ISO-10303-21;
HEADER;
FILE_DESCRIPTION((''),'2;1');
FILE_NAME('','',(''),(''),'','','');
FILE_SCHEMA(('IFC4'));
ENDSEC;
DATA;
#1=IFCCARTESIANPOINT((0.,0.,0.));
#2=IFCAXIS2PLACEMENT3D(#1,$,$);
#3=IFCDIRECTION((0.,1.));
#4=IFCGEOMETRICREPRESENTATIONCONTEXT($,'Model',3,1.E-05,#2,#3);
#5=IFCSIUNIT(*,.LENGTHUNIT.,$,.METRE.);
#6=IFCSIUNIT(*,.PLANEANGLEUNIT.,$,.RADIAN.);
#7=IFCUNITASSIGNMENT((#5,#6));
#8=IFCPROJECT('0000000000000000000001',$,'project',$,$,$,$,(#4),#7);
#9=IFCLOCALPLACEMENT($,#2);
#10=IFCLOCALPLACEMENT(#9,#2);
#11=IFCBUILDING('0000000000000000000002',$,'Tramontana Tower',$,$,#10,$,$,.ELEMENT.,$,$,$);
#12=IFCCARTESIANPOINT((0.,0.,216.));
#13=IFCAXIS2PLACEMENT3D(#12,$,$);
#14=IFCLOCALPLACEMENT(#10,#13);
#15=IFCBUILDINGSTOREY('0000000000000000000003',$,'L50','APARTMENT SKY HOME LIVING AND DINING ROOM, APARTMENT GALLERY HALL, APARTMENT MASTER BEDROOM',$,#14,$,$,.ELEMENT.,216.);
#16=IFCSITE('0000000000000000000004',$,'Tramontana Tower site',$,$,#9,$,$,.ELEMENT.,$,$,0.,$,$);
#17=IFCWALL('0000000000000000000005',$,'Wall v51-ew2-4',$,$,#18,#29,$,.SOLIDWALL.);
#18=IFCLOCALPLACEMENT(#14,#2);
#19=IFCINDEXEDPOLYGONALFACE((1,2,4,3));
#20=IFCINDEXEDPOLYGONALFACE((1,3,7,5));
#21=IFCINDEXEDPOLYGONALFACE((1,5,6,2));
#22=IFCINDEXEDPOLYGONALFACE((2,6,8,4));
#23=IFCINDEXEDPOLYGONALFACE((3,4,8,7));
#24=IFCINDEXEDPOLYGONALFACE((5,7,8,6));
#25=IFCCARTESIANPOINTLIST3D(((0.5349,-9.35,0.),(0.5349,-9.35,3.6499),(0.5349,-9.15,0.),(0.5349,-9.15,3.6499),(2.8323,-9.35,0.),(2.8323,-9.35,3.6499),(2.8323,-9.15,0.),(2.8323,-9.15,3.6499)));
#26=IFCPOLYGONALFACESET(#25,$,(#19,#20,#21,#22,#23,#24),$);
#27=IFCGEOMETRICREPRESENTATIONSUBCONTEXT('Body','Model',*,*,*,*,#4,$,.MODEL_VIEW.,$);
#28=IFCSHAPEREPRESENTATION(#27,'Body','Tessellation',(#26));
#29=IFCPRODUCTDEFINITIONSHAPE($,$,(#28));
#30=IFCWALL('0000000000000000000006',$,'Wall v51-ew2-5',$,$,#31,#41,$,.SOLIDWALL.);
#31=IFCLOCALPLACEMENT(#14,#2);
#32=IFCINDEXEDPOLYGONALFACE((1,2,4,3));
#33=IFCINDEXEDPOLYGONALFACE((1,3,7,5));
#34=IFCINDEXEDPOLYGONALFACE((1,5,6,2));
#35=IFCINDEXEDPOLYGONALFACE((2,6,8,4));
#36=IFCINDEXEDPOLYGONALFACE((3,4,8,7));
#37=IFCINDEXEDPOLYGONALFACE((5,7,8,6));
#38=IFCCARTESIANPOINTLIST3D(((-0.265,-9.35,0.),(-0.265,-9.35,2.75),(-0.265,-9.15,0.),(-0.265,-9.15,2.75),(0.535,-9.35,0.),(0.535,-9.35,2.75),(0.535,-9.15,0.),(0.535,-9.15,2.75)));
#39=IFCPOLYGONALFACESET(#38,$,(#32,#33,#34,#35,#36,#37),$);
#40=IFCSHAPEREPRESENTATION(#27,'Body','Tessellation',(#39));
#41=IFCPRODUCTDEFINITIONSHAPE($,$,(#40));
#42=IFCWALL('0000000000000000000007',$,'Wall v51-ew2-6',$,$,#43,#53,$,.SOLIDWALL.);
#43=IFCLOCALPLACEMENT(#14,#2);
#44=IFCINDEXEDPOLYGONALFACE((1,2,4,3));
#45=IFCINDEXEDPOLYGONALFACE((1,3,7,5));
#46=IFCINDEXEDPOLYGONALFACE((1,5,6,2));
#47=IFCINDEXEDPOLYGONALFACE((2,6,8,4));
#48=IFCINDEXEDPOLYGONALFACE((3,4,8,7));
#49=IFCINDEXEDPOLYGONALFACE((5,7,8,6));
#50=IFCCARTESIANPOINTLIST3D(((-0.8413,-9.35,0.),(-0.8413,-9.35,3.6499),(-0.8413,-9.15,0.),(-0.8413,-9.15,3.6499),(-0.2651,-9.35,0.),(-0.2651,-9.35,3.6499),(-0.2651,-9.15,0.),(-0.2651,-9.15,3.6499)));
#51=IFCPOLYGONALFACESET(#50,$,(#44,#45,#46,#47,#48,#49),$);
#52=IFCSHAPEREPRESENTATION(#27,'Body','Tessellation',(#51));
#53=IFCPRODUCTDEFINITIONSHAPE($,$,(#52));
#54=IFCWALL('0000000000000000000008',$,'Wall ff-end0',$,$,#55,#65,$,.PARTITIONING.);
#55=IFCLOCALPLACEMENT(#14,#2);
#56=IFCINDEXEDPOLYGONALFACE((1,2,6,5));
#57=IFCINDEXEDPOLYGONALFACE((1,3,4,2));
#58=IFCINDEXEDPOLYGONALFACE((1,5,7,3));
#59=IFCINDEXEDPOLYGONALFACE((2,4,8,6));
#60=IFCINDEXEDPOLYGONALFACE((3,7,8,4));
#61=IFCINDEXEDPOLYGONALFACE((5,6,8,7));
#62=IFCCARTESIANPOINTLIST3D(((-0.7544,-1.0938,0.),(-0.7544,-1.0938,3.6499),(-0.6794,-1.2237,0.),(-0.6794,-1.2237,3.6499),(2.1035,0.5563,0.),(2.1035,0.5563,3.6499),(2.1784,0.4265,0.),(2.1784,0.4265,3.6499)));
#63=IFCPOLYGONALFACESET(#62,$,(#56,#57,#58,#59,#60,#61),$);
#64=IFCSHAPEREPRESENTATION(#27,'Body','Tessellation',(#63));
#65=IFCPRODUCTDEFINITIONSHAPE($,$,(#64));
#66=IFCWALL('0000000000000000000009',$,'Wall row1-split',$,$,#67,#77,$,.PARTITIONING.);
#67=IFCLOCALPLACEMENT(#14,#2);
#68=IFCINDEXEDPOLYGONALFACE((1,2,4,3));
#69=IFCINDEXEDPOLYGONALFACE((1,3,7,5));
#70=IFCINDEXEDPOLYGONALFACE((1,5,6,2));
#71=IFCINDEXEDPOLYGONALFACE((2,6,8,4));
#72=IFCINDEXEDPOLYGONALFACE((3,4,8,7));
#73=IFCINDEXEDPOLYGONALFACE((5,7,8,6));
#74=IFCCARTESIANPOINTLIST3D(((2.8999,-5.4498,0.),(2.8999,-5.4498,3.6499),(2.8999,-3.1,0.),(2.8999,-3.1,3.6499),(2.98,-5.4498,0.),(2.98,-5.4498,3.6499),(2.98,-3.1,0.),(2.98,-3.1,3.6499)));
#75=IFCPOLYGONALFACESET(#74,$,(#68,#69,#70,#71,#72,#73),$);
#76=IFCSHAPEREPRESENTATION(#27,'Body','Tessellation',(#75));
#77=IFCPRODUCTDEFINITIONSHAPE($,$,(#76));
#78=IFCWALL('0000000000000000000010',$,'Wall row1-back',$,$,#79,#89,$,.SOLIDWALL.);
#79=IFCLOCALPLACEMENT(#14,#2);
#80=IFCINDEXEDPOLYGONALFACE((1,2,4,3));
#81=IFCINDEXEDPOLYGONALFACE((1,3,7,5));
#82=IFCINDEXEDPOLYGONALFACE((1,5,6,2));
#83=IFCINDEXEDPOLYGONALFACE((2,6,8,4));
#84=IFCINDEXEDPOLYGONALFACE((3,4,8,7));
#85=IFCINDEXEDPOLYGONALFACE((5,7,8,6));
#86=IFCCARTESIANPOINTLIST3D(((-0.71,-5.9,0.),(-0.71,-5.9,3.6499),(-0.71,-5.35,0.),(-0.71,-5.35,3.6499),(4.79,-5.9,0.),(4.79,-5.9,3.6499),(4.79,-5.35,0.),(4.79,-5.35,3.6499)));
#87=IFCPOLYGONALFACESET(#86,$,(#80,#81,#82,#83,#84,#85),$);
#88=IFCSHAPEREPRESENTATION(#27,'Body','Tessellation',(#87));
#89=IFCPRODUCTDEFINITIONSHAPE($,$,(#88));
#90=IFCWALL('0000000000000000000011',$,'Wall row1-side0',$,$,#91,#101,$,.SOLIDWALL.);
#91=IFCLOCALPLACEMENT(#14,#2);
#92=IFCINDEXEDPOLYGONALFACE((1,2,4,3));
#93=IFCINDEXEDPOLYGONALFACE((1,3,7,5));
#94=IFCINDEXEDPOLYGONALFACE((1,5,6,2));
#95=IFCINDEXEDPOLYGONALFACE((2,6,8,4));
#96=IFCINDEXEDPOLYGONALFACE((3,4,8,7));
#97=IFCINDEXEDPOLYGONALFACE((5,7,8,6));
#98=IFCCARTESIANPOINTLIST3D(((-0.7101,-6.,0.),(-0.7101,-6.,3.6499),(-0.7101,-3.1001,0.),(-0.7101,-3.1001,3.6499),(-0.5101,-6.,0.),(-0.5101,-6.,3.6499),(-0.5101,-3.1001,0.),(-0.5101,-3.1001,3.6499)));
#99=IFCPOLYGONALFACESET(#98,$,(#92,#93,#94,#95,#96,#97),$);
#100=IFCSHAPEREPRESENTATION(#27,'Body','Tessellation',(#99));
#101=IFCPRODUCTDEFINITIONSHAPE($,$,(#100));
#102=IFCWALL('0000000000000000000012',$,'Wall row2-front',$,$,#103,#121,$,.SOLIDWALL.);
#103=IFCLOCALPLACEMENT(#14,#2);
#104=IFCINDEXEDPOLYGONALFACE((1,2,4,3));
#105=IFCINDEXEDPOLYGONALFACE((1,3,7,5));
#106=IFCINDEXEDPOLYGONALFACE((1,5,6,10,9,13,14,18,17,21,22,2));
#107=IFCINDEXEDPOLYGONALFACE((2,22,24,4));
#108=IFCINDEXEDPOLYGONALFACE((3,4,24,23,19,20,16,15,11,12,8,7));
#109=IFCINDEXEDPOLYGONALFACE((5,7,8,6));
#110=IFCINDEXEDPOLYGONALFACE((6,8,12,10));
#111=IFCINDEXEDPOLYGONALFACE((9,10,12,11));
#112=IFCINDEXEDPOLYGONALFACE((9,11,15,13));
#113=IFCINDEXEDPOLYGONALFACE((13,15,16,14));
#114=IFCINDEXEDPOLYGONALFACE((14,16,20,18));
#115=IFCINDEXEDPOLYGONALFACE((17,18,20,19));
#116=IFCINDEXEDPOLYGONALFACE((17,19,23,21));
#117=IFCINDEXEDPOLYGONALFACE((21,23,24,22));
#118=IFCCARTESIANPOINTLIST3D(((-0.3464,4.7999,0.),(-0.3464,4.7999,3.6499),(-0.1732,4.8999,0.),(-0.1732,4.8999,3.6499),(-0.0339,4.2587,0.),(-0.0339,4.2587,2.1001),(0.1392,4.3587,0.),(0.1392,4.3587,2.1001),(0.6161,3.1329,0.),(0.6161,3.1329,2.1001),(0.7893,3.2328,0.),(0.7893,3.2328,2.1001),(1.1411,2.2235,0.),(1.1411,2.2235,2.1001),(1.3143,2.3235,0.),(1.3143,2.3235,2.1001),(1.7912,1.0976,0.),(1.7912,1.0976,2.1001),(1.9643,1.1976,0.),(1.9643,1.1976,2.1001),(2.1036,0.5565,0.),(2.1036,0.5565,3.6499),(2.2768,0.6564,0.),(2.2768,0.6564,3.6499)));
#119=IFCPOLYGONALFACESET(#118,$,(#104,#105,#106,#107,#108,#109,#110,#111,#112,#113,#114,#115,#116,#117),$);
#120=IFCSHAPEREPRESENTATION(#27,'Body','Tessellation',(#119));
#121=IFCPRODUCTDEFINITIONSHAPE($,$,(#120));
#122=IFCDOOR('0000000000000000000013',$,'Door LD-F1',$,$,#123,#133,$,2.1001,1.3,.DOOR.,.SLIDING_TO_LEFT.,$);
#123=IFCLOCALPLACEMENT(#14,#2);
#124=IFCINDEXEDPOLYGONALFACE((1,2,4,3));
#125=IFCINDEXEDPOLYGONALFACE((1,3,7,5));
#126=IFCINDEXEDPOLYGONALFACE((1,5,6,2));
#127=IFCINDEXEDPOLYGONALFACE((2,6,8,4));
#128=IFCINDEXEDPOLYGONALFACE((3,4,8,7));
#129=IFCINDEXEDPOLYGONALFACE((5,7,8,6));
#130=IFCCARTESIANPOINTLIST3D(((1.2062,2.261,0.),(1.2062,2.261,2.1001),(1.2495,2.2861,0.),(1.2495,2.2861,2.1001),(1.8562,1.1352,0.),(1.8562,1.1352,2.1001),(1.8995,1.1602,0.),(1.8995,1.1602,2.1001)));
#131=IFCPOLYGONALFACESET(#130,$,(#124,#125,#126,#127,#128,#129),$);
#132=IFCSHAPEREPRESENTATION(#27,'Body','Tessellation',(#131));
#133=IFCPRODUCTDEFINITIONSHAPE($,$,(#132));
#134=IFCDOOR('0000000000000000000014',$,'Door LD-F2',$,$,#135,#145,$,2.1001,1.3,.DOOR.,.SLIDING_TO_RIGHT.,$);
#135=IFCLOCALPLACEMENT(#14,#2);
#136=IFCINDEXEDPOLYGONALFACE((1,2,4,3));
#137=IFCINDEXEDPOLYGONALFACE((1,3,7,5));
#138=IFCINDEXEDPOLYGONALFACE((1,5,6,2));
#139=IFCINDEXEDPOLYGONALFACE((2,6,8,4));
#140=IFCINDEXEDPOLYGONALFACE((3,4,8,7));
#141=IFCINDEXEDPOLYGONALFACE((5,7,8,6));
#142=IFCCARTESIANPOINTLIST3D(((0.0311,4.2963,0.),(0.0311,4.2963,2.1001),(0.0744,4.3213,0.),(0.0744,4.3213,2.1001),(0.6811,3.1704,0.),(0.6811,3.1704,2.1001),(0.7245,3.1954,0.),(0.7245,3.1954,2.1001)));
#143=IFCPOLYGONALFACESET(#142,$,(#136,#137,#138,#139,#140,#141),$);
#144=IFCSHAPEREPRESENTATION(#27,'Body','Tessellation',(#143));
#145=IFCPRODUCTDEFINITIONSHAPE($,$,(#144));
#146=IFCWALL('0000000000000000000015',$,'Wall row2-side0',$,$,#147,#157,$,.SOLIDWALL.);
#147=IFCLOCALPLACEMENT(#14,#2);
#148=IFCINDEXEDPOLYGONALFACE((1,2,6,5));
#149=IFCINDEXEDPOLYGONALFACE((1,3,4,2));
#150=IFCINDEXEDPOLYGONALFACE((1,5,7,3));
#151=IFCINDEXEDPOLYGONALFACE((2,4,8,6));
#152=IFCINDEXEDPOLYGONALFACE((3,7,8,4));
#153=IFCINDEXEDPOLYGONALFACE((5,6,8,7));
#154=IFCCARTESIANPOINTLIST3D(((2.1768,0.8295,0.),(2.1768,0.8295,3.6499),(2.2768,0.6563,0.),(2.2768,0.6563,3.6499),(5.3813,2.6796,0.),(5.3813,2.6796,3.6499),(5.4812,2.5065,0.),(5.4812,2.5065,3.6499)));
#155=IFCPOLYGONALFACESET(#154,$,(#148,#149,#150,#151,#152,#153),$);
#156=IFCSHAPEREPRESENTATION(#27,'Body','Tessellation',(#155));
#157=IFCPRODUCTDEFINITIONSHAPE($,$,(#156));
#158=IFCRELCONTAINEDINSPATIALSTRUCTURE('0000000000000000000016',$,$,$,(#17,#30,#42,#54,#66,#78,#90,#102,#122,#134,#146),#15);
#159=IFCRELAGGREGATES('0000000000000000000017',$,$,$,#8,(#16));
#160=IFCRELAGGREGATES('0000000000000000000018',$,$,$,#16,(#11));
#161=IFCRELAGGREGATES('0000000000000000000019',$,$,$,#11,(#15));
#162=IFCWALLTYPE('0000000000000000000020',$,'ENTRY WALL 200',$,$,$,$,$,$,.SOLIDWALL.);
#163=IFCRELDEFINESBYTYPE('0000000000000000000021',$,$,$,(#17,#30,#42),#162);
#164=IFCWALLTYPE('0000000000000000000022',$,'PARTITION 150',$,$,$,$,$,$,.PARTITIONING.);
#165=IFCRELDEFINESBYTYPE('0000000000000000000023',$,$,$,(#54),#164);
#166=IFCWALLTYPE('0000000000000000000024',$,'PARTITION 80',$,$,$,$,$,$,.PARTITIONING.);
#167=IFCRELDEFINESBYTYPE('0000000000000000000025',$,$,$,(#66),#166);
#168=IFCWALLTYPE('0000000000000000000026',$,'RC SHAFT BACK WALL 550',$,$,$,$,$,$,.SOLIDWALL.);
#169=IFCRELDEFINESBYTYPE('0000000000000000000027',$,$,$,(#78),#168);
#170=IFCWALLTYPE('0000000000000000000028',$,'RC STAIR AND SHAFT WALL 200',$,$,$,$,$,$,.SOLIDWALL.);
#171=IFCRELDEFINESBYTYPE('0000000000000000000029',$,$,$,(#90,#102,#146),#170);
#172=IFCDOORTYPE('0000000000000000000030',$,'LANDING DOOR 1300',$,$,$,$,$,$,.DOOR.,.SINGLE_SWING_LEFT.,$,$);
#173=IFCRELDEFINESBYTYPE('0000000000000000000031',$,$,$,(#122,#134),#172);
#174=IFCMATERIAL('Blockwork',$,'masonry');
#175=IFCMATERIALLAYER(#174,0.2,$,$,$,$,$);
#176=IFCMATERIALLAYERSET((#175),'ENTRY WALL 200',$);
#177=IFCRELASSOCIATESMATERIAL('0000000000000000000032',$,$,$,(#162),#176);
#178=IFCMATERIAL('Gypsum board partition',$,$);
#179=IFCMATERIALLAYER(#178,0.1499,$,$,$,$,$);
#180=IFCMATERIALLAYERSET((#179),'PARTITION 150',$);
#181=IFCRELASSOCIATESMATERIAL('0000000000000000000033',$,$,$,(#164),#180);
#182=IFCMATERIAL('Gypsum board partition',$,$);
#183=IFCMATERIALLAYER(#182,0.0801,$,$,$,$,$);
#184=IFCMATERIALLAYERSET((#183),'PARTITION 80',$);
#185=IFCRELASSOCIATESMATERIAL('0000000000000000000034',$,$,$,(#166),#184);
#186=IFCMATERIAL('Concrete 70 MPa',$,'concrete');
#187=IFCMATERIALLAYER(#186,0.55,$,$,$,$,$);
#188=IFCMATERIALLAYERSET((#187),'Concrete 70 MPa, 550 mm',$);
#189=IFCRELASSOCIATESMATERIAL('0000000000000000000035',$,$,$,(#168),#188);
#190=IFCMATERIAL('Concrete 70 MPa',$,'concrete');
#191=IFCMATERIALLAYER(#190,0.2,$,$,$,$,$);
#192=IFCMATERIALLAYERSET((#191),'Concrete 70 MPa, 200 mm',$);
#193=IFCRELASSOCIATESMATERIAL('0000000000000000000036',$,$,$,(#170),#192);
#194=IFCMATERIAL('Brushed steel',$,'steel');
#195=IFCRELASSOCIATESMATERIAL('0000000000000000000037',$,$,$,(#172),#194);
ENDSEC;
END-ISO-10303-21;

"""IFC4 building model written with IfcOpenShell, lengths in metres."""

from ifc_helpers import new_model, si_unit, direction, frame, frame_2d, origin, place, context, subcontext, project, spatial, rectangle, extrude, material, layer, layer_set, type_object, element, fill, save


model = new_model("IFC4")

# Units and contexts
model_context = context("Model", 3, precision=1e-05, world=origin(), true_north=direction((0.0, 1.0)))
body_context = subcontext(model_context, "Body", "Model", "MODEL_VIEW")
ifc_project = project(units=[si_unit("LENGTHUNIT", "METRE"), si_unit("PLANEANGLEUNIT", "RADIAN")], contexts=[model_context])

# Site, building, storey
site_placement = place(None, origin())
site = spatial("IfcSite", under=ifc_project, at=site_placement, Name="Tramontana Tower site", CompositionType="ELEMENT", RefElevation=0.0)
building_placement = place(site_placement, origin())
building = spatial("IfcBuilding", under=site, at=building_placement, Name="Tramontana Tower", CompositionType="ELEMENT")
storey_placement = place(building_placement, frame((0.0, 0.0, 216.0)))
storey = spatial("IfcBuildingStorey", under=building, at=storey_placement, Name="L50", Description="APARTMENT SKY HOME LIVING AND DINING ROOM, APARTMENT GALLERY HALL, APARTMENT MASTER BEDROOM", CompositionType="ELEMENT", Elevation=216.0)

# Walls
ifc_material_1 = material(Name="Blockwork", Category="masonry")
ifc_layer_1 = layer(ifc_material_1, 0.2)
ifc_layer_set_1 = layer_set([ifc_layer_1], Name="ENTRY WALL 200")
wall_type_1 = type_object("IfcWallType", Name="ENTRY WALL 200", PredefinedType="SOLIDWALL", material=ifc_layer_set_1)
wall_1_placement = place(storey_placement, frame((2.8323, -9.25, 0.0), z_axis=(0.0, 0.0, 1.0), x_axis=(-1.0, 0.0, 0.0)))
element("IfcWall", 1, at=wall_1_placement, inside=storey, type_object=wall_type_1, Name="Wall v51-ew2-4", PredefinedType="SOLIDWALL", context=body_context, shape_type="SweptSolid", body=[
    extrude(rectangle(XDim=2.2974, YDim=0.2, at=frame_2d((1.1487, 0.0))), origin(), (0.0, 0.0, 1.0), 3.6499),
])
wall_2_placement = place(storey_placement, frame((0.5349, -9.25, 0.0), z_axis=(0.0, 0.0, 1.0), x_axis=(-1.0, 0.0, 0.0)))
element("IfcWall", 2, at=wall_2_placement, inside=storey, type_object=wall_type_1, Name="Wall v51-ew2-5", PredefinedType="SOLIDWALL", context=body_context, shape_type="SweptSolid", body=[
    extrude(rectangle(XDim=0.8, YDim=0.2, at=frame_2d((0.3999, 0.0))), origin(), (0.0, 0.0, 1.0), 2.75),
])
wall_3_placement = place(storey_placement, frame((-0.2651, -9.25, 0.0), z_axis=(0.0, 0.0, 1.0), x_axis=(-1.0, 0.0, 0.0)))
element("IfcWall", 3, at=wall_3_placement, inside=storey, type_object=wall_type_1, Name="Wall v51-ew2-6", PredefinedType="SOLIDWALL", context=body_context, shape_type="SweptSolid", body=[
    extrude(rectangle(XDim=0.5762, YDim=0.2, at=frame_2d((0.2881, 0.0))), origin(), (0.0, 0.0, 1.0), 3.6499),
])

# Shared definitions
ifc_material_2 = material(Name="Gypsum board partition")
ifc_layer_2 = layer(ifc_material_2, 0.1499)
ifc_layer_set_2 = layer_set([ifc_layer_2], Name="PARTITION 150")
wall_type_2 = type_object("IfcWallType", Name="PARTITION 150", PredefinedType="PARTITIONING", material=ifc_layer_set_2)

# Walls
wall_4_placement = place(storey_placement, frame((-0.7168, -1.1587, 0.0), z_axis=(0.0, 0.0, 1.0), x_axis=(0.866008, 0.50003, 0.0)))
element("IfcWall", 4, at=wall_4_placement, inside=storey, type_object=wall_type_2, Name="Wall ff-end0", PredefinedType="PARTITIONING", context=body_context, shape_type="SweptSolid", body=[
    extrude(rectangle(XDim=3.3, YDim=0.1499, at=frame_2d((1.6499, 0.0))), origin(), (0.0, 0.0, 1.0), 3.6499),
])
ifc_material_3 = material(Name="Gypsum board partition")
ifc_layer_3 = layer(ifc_material_3, 0.0801)
ifc_layer_set_3 = layer_set([ifc_layer_3], Name="PARTITION 80")
wall_type_3 = type_object("IfcWallType", Name="PARTITION 80", PredefinedType="PARTITIONING", material=ifc_layer_set_3)
wall_5_placement = place(storey_placement, frame((2.9399, -3.1001, 0.0), z_axis=(0.0, 0.0, 1.0), x_axis=(0.0, -1.0, 0.0)))
element("IfcWall", 5, at=wall_5_placement, inside=storey, type_object=wall_type_3, Name="Wall row1-split", PredefinedType="PARTITIONING", context=body_context, shape_type="SweptSolid", body=[
    extrude(rectangle(XDim=2.3499, YDim=0.0801, at=frame_2d((1.1748, 0.0))), origin(), (0.0, 0.0, 1.0), 3.6499),
])
ifc_material_4 = material(Name="Concrete 70 MPa", Category="concrete")
ifc_layer_4 = layer(ifc_material_4, 0.55)
ifc_layer_set_4 = layer_set([ifc_layer_4], Name="Concrete 70 MPa, 550 mm")
wall_type_4 = type_object("IfcWallType", Name="RC SHAFT BACK WALL 550", PredefinedType="SOLIDWALL", material=ifc_layer_set_4)
wall_6_placement = place(storey_placement, frame((-0.71, -5.625, 0.0), z_axis=(0.0, 0.0, 1.0), x_axis=(1.0, 0.0, 0.0)))
element("IfcWall", 6, at=wall_6_placement, inside=storey, type_object=wall_type_4, Name="Wall row1-back", PredefinedType="SOLIDWALL", context=body_context, shape_type="SweptSolid", body=[
    extrude(rectangle(XDim=5.5, YDim=0.55, at=frame_2d((2.75, 0.0))), origin(), (0.0, 0.0, 1.0), 3.6499),
])

# Shared definitions
ifc_material_5 = material(Name="Concrete 70 MPa", Category="concrete")
ifc_layer_5 = layer(ifc_material_5, 0.2)
ifc_layer_set_5 = layer_set([ifc_layer_5], Name="Concrete 70 MPa, 200 mm")
wall_type_5 = type_object("IfcWallType", Name="RC STAIR AND SHAFT WALL 200", PredefinedType="SOLIDWALL", material=ifc_layer_set_5)

# Wall
wall_7_placement = place(storey_placement, frame((-0.6101, -3.1001, 0.0), z_axis=(0.0, 0.0, 1.0), x_axis=(0.0, -1.0, 0.0)))
element("IfcWall", 7, at=wall_7_placement, inside=storey, type_object=wall_type_5, Name="Wall row1-side0", PredefinedType="SOLIDWALL", context=body_context, shape_type="SweptSolid", body=[
    extrude(rectangle(XDim=2.8999, YDim=0.2, at=frame_2d((1.45, 0.0))), origin(), (0.0, 0.0, 1.0), 3.6499),
])

# Wall, openings, doors
wall_8_placement = place(storey_placement, frame((2.1902, 0.6064, 0.0), z_axis=(0.0, 0.0, 1.0), x_axis=(-0.500003, 0.866024, 0.0)))
wall_8 = element("IfcWall", 8, at=wall_8_placement, inside=storey, type_object=wall_type_5, Name="Wall row2-front", PredefinedType="SOLIDWALL", context=body_context, shape_type="SweptSolid", body=[
    extrude(rectangle(XDim=4.8999, YDim=0.2, at=frame_2d((2.45, 0.0))), origin(), (0.0, 0.0, 1.0), 3.6499),
])
opening_1_placement = place(wall_8_placement, frame((0.625, 0.0, 0.0)))
opening_1 = element("IfcOpeningElement", 9, at=opening_1_placement, cuts=wall_8, PredefinedType="OPENING", context=body_context, shape_type="SweptSolid", body=[
    extrude(rectangle(XDim=1.3, YDim=2.1001, at=frame_2d((0.6499, 1.05))), frame((0.0, 0.1099, 0.0), z_axis=(0.0, -1.0, 0.0), x_axis=(1.0, 0.0, 0.0)), (0.0, 0.0, 1.0), 0.22),
])
opening_2_placement = place(wall_8_placement, frame((2.9751, 0.0, 0.0)))
opening_2 = element("IfcOpeningElement", 10, at=opening_2_placement, cuts=wall_8, PredefinedType="OPENING", context=body_context, shape_type="SweptSolid", body=[
    extrude(rectangle(XDim=1.3, YDim=2.1001, at=frame_2d((0.6499, 1.05))), frame((0.0, 0.1099, 0.0), z_axis=(0.0, -1.0, 0.0), x_axis=(1.0, 0.0, 0.0)), (0.0, 0.0, 1.0), 0.22),
])
ifc_material_6 = material(Name="Brushed steel", Category="steel")
door_type_1 = type_object("IfcDoorType", Name="LANDING DOOR 1300", OperationType="SINGLE_SWING_LEFT", PredefinedType="DOOR", material=ifc_material_6)
door_1_placement = place(opening_1_placement, origin())
door_1 = element("IfcDoor", 11, at=door_1_placement, inside=storey, type_object=door_type_1, Name="Door LD-F1", OperationType="SLIDING_TO_LEFT", OverallHeight=2.1001, OverallWidth=1.3, PredefinedType="DOOR", context=body_context, shape_type="SweptSolid", body=[
    extrude(rectangle(XDim=1.3, YDim=2.1001, at=frame_2d((0.6499, 1.05))), frame((0.0, 0.0249, 0.0), z_axis=(0.0, -1.0, 0.0), x_axis=(1.0, 0.0, 0.0)), (0.0, 0.0, 1.0), 0.05),
])
fill(opening_1, door_1)
door_2_placement = place(opening_2_placement, origin())
door_2 = element("IfcDoor", 12, at=door_2_placement, inside=storey, type_object=door_type_1, Name="Door LD-F2", OperationType="SLIDING_TO_RIGHT", OverallHeight=2.1001, OverallWidth=1.3, PredefinedType="DOOR", context=body_context, shape_type="SweptSolid", body=[
    extrude(rectangle(XDim=1.3, YDim=2.1001, at=frame_2d((0.6499, 1.05))), frame((0.0, 0.0249, 0.0), z_axis=(0.0, -1.0, 0.0), x_axis=(1.0, 0.0, 0.0)), (0.0, 0.0, 1.0), 0.05),
])
fill(opening_2, door_2)

# Wall
wall_9_placement = place(storey_placement, frame((2.2268, 0.7429, 0.0), z_axis=(0.0, 0.0, 1.0), x_axis=(0.866017, 0.500014, 0.0)))
element("IfcWall", 13, at=wall_9_placement, inside=storey, type_object=wall_type_5, Name="Wall row2-side0", PredefinedType="SOLIDWALL", context=body_context, shape_type="SweptSolid", body=[
    extrude(rectangle(XDim=3.7002, YDim=0.2, at=frame_2d((1.8501, 0.0))), origin(), (0.0, 0.0, 1.0), 3.6499),
])

save(model, "model.ifc")
